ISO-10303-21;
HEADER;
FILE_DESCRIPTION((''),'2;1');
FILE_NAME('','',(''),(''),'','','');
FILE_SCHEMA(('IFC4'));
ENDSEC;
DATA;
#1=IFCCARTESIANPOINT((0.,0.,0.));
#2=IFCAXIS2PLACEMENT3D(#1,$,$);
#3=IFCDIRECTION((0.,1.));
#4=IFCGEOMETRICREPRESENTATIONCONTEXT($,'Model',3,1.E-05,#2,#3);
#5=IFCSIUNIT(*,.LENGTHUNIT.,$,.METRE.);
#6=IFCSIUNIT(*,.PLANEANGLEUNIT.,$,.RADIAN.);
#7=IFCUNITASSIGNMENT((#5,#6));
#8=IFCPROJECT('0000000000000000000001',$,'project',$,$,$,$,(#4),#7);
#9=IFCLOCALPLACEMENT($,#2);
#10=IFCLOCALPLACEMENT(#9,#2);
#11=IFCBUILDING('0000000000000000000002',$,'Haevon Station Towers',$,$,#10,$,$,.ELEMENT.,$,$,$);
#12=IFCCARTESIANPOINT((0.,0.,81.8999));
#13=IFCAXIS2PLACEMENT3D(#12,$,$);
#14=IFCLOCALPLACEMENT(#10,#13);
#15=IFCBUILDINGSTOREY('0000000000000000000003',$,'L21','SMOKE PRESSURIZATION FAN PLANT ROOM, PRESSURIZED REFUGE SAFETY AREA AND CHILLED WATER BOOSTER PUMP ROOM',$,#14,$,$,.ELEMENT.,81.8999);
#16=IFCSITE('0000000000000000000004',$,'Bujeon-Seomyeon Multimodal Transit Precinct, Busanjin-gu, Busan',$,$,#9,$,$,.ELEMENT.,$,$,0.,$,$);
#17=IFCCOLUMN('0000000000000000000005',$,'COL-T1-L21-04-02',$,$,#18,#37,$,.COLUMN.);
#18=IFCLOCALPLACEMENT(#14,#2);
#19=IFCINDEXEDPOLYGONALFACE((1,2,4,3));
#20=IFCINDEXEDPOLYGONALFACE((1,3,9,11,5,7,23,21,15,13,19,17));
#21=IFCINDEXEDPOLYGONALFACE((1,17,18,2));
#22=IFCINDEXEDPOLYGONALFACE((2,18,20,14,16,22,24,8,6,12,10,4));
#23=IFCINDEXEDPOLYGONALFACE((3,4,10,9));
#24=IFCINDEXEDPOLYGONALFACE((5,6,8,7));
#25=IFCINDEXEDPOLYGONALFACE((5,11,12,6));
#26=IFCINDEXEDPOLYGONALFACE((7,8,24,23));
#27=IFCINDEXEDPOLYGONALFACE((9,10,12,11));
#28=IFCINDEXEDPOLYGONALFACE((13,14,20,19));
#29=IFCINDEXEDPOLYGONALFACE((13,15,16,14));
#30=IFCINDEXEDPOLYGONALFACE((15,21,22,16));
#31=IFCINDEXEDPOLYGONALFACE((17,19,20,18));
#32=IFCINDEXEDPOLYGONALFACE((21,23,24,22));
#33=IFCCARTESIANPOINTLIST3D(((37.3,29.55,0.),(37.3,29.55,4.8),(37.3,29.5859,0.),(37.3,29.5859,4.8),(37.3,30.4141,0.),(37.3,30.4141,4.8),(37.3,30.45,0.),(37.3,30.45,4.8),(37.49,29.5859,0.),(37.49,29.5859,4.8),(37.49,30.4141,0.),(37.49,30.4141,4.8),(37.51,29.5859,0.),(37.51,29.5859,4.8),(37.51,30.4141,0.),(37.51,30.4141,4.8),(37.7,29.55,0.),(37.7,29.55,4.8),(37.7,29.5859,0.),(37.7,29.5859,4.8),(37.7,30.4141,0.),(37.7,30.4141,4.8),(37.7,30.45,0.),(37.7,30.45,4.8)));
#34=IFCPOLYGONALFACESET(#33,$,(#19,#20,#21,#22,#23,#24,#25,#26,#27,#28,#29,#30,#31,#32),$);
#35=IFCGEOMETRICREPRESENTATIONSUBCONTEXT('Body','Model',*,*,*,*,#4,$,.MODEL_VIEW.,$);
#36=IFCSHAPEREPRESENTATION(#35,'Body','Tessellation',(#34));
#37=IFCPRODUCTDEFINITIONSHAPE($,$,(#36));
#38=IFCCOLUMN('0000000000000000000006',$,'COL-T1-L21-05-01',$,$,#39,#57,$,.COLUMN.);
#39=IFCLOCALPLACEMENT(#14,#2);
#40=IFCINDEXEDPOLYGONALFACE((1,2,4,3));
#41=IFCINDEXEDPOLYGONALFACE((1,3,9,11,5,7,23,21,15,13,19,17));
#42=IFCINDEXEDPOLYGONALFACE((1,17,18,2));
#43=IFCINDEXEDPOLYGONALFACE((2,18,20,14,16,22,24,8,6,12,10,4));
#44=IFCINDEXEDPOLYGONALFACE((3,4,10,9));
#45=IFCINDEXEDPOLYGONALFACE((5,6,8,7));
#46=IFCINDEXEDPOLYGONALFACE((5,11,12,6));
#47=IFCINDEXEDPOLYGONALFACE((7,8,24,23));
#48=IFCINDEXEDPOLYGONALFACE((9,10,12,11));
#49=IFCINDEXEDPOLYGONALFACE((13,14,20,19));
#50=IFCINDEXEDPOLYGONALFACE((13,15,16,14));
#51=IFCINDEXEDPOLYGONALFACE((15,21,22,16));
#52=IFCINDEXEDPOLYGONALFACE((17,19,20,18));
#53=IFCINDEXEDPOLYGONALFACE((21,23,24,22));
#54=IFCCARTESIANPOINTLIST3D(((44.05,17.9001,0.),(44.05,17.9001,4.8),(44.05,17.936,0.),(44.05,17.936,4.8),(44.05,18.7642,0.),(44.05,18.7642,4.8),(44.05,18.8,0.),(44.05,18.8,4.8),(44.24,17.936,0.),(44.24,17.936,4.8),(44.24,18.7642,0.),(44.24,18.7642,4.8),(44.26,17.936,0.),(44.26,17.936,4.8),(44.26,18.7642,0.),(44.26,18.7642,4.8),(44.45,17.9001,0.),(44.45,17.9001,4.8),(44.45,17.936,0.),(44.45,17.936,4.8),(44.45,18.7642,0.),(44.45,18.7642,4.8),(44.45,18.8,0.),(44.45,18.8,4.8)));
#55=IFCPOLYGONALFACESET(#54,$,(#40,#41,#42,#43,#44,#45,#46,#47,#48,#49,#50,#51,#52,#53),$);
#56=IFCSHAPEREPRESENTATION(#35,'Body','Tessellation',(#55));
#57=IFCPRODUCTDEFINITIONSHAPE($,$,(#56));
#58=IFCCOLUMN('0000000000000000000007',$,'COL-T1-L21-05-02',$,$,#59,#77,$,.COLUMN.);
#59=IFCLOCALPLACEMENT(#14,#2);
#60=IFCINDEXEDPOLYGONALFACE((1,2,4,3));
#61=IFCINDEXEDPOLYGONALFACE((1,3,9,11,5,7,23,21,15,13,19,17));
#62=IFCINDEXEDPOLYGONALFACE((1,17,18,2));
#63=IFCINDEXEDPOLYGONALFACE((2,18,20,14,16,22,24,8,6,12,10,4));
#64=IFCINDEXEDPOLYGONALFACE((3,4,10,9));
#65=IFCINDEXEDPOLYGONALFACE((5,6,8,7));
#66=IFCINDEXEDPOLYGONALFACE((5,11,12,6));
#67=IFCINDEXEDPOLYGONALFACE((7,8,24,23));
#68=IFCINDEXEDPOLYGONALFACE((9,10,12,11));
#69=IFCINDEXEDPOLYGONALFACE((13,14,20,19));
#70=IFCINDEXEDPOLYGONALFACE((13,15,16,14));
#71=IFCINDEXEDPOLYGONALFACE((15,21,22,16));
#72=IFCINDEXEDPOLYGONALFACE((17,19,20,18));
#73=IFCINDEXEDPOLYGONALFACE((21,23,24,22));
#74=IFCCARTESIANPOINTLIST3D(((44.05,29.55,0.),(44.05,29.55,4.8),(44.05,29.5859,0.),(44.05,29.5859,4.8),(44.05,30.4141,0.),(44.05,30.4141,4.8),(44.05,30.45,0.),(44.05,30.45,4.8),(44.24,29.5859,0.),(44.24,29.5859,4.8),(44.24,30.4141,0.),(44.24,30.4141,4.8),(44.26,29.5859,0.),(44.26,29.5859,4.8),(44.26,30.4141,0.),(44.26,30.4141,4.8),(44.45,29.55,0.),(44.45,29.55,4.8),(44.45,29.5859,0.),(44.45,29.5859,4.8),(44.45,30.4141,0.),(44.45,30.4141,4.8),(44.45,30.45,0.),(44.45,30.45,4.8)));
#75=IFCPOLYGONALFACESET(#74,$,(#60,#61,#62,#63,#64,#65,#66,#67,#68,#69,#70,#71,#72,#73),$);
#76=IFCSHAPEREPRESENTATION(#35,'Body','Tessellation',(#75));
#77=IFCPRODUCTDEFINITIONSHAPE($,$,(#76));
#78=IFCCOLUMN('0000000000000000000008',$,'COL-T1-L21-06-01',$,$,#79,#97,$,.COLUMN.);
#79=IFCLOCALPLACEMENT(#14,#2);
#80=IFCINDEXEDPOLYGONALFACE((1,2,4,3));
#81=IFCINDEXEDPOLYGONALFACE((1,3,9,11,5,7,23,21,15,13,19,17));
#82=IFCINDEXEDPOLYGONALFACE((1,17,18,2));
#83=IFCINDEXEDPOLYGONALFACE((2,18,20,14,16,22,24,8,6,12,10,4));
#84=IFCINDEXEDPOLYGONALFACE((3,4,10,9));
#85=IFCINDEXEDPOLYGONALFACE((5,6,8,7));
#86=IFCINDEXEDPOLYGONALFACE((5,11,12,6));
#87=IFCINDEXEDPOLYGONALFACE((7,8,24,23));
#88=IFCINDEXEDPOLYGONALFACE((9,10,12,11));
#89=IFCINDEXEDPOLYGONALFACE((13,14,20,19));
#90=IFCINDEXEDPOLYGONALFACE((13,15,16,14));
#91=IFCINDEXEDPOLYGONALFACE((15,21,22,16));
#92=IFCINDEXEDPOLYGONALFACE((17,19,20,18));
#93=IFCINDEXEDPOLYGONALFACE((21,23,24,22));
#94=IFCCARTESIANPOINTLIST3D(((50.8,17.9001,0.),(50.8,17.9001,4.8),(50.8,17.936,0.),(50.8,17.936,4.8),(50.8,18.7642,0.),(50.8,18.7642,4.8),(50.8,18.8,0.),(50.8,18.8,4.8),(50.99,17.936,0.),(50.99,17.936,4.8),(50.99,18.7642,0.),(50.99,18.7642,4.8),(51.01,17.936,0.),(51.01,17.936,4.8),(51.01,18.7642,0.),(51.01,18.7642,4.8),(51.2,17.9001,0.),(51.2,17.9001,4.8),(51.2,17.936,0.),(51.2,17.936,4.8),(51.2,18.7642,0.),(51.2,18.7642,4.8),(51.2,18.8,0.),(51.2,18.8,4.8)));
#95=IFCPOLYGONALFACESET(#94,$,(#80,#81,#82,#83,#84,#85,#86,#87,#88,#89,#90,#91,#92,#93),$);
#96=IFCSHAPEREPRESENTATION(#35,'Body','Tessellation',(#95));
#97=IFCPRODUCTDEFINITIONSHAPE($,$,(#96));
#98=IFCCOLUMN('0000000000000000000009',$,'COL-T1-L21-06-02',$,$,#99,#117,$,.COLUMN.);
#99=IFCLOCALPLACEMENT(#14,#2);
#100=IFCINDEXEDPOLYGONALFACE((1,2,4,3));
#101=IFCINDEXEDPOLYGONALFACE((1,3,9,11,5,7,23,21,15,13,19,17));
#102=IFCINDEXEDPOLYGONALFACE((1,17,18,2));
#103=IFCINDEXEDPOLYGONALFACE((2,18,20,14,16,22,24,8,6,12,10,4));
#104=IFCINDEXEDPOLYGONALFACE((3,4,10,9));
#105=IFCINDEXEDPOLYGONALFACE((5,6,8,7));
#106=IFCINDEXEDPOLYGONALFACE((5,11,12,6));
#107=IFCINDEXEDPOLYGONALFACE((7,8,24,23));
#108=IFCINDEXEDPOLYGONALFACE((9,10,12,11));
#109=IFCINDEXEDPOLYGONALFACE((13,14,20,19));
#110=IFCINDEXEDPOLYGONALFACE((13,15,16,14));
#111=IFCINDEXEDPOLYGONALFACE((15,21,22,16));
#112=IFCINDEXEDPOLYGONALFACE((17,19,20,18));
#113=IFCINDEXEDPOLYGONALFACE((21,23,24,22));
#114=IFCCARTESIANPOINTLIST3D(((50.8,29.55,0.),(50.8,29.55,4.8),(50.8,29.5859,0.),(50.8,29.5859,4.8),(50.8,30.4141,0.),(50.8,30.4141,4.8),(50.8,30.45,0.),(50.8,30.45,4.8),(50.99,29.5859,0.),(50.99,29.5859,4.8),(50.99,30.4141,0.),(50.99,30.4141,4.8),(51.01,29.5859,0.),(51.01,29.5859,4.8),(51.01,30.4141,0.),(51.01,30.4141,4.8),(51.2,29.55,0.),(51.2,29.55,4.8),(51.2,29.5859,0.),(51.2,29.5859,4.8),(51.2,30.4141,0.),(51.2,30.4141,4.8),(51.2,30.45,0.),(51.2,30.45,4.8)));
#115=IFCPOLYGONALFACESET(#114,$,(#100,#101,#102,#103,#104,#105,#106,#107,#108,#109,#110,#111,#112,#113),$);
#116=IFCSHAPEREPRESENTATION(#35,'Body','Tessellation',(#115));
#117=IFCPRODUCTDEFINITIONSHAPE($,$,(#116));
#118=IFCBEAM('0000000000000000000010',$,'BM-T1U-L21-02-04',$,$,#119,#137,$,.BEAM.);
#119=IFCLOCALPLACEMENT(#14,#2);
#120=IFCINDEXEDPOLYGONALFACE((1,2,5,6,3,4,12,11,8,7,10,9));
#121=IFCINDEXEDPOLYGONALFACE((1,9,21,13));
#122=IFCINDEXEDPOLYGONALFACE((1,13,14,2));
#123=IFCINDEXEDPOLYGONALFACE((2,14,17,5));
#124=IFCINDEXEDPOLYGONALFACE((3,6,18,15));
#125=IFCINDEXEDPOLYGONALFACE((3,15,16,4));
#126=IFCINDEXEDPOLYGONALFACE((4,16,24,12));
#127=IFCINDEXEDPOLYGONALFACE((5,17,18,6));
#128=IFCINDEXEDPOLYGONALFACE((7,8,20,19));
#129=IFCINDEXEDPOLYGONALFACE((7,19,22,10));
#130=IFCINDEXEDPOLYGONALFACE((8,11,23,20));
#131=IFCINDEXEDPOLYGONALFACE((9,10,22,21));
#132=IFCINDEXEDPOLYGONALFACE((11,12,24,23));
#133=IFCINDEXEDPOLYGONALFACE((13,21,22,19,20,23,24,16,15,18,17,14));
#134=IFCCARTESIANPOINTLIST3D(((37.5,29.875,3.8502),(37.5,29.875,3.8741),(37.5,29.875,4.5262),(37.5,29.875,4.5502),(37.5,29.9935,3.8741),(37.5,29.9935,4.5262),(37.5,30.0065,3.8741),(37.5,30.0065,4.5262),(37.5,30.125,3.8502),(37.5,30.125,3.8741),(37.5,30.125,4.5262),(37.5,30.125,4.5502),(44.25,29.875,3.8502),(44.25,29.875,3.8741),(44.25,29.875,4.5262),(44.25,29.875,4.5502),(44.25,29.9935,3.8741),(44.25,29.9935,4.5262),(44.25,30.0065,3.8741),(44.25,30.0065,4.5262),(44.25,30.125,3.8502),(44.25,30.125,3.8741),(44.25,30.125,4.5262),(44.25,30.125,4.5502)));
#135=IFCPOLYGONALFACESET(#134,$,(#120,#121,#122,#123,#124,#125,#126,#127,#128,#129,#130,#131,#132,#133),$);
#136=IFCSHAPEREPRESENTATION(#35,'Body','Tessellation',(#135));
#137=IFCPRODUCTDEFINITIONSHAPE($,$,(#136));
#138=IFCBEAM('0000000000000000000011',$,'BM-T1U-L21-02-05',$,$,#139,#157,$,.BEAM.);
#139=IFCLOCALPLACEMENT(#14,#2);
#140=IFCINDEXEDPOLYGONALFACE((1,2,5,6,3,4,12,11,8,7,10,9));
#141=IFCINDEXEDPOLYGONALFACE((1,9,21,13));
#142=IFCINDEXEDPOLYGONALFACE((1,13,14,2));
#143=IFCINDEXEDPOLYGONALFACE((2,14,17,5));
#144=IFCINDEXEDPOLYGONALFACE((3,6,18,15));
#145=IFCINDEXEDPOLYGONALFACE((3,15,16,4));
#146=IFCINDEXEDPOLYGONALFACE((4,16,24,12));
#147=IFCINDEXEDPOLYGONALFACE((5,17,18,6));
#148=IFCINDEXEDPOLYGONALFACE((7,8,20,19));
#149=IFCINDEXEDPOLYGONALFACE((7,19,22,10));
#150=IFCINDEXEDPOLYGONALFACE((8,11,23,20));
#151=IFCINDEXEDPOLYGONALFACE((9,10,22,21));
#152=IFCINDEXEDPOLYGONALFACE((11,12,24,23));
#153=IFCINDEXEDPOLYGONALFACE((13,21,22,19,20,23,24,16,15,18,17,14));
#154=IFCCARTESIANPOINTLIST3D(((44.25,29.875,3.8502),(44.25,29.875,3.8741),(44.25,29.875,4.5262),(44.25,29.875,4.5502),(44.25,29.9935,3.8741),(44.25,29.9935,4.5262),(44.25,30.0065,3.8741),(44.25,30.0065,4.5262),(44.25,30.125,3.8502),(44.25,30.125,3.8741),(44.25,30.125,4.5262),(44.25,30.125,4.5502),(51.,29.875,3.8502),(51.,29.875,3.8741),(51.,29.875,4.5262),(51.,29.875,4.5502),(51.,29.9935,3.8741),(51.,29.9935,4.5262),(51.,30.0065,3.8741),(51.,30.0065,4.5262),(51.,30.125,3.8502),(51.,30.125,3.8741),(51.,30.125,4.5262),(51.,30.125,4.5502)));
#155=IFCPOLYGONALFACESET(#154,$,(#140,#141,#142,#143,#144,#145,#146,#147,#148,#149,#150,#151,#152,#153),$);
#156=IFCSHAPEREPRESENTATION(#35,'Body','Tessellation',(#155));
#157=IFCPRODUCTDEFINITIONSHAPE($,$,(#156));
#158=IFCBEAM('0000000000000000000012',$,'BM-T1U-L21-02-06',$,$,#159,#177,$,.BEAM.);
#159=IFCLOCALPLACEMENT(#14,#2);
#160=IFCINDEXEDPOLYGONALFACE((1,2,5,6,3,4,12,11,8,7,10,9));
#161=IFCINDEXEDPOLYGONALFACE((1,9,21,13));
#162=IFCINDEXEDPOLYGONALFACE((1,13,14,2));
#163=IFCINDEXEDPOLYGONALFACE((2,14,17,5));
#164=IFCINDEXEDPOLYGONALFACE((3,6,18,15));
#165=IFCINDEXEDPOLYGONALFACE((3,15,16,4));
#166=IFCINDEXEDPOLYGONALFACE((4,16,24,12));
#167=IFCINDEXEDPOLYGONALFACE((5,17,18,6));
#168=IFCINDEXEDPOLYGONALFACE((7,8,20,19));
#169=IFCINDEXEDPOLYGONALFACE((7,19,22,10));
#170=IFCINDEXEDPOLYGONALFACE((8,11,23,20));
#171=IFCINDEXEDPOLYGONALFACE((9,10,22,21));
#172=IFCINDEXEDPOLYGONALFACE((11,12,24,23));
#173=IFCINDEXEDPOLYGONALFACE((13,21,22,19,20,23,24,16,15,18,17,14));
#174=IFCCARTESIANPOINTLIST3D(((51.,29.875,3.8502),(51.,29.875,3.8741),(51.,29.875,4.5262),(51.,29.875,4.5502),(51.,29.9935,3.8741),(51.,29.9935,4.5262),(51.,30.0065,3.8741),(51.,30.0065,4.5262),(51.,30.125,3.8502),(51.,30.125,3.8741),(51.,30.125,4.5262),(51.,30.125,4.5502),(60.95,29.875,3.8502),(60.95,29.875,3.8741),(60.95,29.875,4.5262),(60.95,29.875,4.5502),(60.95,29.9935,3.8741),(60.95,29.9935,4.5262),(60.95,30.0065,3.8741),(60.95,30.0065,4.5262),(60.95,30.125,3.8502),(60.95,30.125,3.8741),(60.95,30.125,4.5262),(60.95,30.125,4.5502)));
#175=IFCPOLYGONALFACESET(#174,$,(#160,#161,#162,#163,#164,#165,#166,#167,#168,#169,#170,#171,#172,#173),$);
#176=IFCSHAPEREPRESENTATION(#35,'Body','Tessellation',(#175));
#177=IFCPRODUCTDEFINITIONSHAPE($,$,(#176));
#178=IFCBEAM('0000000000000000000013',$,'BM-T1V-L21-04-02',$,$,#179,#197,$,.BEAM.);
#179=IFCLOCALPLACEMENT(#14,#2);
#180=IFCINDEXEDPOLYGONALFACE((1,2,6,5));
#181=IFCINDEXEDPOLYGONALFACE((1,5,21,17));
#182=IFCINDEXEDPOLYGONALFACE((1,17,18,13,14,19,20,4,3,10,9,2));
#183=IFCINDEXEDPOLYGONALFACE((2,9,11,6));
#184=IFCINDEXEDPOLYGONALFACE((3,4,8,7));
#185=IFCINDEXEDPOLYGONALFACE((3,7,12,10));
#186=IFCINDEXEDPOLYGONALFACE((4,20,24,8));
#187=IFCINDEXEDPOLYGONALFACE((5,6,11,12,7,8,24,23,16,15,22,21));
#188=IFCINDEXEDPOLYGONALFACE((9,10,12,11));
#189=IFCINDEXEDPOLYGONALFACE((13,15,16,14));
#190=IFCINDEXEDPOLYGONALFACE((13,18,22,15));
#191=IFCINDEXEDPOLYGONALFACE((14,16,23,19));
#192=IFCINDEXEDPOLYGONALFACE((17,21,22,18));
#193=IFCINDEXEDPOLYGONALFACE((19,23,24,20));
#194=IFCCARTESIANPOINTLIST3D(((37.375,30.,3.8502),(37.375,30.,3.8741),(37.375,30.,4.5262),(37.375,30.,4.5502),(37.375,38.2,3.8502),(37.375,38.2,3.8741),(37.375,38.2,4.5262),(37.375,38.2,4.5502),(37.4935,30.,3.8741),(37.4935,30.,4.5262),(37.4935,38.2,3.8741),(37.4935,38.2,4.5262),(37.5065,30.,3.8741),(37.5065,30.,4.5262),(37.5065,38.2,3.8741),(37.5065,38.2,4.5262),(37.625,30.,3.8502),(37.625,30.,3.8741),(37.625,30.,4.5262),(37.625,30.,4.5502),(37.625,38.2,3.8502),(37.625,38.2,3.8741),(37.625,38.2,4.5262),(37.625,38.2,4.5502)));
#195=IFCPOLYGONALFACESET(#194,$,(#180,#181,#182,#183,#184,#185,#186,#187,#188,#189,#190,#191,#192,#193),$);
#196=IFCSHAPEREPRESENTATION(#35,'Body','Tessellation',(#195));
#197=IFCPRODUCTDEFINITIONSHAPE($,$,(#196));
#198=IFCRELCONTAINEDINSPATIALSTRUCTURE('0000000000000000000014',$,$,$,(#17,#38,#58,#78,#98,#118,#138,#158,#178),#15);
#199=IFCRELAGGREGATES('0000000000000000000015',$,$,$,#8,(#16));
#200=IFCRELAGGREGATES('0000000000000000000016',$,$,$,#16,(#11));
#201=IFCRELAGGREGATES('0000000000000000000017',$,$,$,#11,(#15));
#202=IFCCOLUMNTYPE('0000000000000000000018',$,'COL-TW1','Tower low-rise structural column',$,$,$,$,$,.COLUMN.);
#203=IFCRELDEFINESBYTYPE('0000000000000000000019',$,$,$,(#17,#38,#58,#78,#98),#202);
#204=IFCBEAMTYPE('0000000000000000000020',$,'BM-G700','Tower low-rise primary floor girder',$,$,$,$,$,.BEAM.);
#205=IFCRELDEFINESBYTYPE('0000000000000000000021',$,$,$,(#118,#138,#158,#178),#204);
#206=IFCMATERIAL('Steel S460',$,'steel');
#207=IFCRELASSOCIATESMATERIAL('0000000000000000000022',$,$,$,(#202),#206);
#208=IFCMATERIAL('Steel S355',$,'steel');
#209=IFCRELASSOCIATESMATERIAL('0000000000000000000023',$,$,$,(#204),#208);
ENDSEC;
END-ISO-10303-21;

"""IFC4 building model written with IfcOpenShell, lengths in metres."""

from ifc_helpers import new_model, si_unit, direction, frame, origin, origin_2d, place, context, subcontext, project, spatial, i_section, extrude, material, material_profile, profile_set, type_object, element, save


model = new_model("IFC4")

# Units and contexts
model_context = context("Model", 3, precision=1e-05, world=origin(), true_north=direction((0.0, 1.0)))
body_context = subcontext(model_context, "Body", "Model", "MODEL_VIEW")
ifc_project = project(units=[si_unit("LENGTHUNIT", "METRE"), si_unit("PLANEANGLEUNIT", "RADIAN")], contexts=[model_context])

# Site, building, storey
site_placement = place(None, origin())
site = spatial("IfcSite", under=ifc_project, at=site_placement, Name="Bujeon-Seomyeon Multimodal Transit Precinct, Busanjin-gu, Busan", CompositionType="ELEMENT", RefElevation=0.0)
building_placement = place(site_placement, origin())
building = spatial("IfcBuilding", under=site, at=building_placement, Name="Haevon Station Towers", CompositionType="ELEMENT")
storey_placement = place(building_placement, frame((0.0, 0.0, 81.8999)))
storey = spatial("IfcBuildingStorey", under=building, at=storey_placement, Name="L21", Description="SMOKE PRESSURIZATION FAN PLANT ROOM, PRESSURIZED REFUGE SAFETY AREA AND CHILLED WATER BOOSTER PUMP ROOM", CompositionType="ELEMENT", Elevation=81.8999)

# Columns
ifc_material_1 = material(Name="Steel S460", Category="steel")
ifc_material_profile_1 = material_profile(ifc_material_1, i_section(OverallWidth=0.3999, OverallDepth=0.8999, WebThickness=0.02, FlangeThickness=0.0359, at=origin_2d()), Name="H-900x400x20x36")
ifc_profile_set_1 = profile_set([ifc_material_profile_1], Name="Steel S460")
column_type = type_object("IfcColumnType", Name="COL-TW1", Description="Tower low-rise structural column", PredefinedType="COLUMN", material=ifc_profile_set_1)
for number, where, z_axis, x_axis, name in (
    (1, (37.5, 30.0, 0.0), (0.0, 0.0, 1.0), (1.0, 0.0, 0.0), "COL-T1-L21-04-02"),
    (2, (44.25, 18.3501, 0.0), (0.0, 0.0, 1.0), (1.0, 0.0, 0.0), "COL-T1-L21-05-01"),
    (3, (44.25, 30.0, 0.0), (0.0, 0.0, 1.0), (1.0, 0.0, 0.0), "COL-T1-L21-05-02"),
    (4, (51.0, 18.3501, 0.0), (0.0, 0.0, 1.0), (1.0, 0.0, 0.0), "COL-T1-L21-06-01"),
    (5, (51.0, 30.0, 0.0), (0.0, 0.0, 1.0), (1.0, 0.0, 0.0), "COL-T1-L21-06-02"),
):
    element("IfcColumn", number, at=place(storey_placement, frame(where, z_axis=z_axis, x_axis=x_axis)), inside=storey, type_object=column_type, Name=name, PredefinedType="COLUMN", context=body_context, shape_type="SweptSolid", body=[
        extrude(i_section(OverallWidth=0.3999, OverallDepth=0.8999, WebThickness=0.02, FlangeThickness=0.0359, at=origin_2d()), origin(), (0.0, 0.0, 1.0), 4.8),
    ])

# Beams
ifc_material_2 = material(Name="Steel S355", Category="steel")
ifc_material_profile_2 = material_profile(ifc_material_2, i_section(OverallWidth=0.25, OverallDepth=0.7, WebThickness=0.0129, FlangeThickness=0.0239, at=origin_2d()), Name="H-700x250x13x24")
ifc_profile_set_2 = profile_set([ifc_material_profile_2], Name="Steel S355")
beam_type_1 = type_object("IfcBeamType", Name="BM-G700", Description="Tower low-rise primary floor girder", PredefinedType="BEAM", material=ifc_profile_set_2)
for number, where, z_axis, x_axis, name in (
    (6, (37.5, 30.0, 4.2002), (1.0, 0.0, 0.0), (0.0, 1.0, 0.0), "BM-T1U-L21-02-04"),
    (7, (44.25, 30.0, 4.2002), (1.0, 0.0, 0.0), (0.0, 1.0, 0.0), "BM-T1U-L21-02-05"),
):
    element("IfcBeam", number, at=place(storey_placement, frame(where, z_axis=z_axis, x_axis=x_axis)), inside=storey, type_object=beam_type_1, Name=name, PredefinedType="BEAM", context=body_context, shape_type="SweptSolid", body=[
        extrude(i_section(OverallWidth=0.25, OverallDepth=0.7, WebThickness=0.0129, FlangeThickness=0.0239, at=origin_2d()), origin(), (0.0, 0.0, 1.0), 6.75),
    ])
beam_1_placement = place(storey_placement, frame((51.0, 30.0, 4.2002), z_axis=(1.0, 0.0, 0.0), x_axis=(0.0, 1.0, 0.0)))
element("IfcBeam", 8, at=beam_1_placement, inside=storey, type_object=beam_type_1, Name="BM-T1U-L21-02-06", PredefinedType="BEAM", context=body_context, shape_type="SweptSolid", body=[
    extrude(i_section(OverallWidth=0.25, OverallDepth=0.7, WebThickness=0.0129, FlangeThickness=0.0239, at=origin_2d()), origin(), (0.0, 0.0, 1.0), 9.95),
])
beam_2_placement = place(storey_placement, frame((37.5, 30.0, 4.2002), z_axis=(0.0, 1.0, 0.0), x_axis=(-1.0, 0.0, 0.0)))
element("IfcBeam", 9, at=beam_2_placement, inside=storey, type_object=beam_type_1, Name="BM-T1V-L21-04-02", PredefinedType="BEAM", context=body_context, shape_type="SweptSolid", body=[
    extrude(i_section(OverallWidth=0.25, OverallDepth=0.7, WebThickness=0.0129, FlangeThickness=0.0239, at=origin_2d()), origin(), (0.0, 0.0, 1.0), 8.2),
])

save(model, "model.ifc")
